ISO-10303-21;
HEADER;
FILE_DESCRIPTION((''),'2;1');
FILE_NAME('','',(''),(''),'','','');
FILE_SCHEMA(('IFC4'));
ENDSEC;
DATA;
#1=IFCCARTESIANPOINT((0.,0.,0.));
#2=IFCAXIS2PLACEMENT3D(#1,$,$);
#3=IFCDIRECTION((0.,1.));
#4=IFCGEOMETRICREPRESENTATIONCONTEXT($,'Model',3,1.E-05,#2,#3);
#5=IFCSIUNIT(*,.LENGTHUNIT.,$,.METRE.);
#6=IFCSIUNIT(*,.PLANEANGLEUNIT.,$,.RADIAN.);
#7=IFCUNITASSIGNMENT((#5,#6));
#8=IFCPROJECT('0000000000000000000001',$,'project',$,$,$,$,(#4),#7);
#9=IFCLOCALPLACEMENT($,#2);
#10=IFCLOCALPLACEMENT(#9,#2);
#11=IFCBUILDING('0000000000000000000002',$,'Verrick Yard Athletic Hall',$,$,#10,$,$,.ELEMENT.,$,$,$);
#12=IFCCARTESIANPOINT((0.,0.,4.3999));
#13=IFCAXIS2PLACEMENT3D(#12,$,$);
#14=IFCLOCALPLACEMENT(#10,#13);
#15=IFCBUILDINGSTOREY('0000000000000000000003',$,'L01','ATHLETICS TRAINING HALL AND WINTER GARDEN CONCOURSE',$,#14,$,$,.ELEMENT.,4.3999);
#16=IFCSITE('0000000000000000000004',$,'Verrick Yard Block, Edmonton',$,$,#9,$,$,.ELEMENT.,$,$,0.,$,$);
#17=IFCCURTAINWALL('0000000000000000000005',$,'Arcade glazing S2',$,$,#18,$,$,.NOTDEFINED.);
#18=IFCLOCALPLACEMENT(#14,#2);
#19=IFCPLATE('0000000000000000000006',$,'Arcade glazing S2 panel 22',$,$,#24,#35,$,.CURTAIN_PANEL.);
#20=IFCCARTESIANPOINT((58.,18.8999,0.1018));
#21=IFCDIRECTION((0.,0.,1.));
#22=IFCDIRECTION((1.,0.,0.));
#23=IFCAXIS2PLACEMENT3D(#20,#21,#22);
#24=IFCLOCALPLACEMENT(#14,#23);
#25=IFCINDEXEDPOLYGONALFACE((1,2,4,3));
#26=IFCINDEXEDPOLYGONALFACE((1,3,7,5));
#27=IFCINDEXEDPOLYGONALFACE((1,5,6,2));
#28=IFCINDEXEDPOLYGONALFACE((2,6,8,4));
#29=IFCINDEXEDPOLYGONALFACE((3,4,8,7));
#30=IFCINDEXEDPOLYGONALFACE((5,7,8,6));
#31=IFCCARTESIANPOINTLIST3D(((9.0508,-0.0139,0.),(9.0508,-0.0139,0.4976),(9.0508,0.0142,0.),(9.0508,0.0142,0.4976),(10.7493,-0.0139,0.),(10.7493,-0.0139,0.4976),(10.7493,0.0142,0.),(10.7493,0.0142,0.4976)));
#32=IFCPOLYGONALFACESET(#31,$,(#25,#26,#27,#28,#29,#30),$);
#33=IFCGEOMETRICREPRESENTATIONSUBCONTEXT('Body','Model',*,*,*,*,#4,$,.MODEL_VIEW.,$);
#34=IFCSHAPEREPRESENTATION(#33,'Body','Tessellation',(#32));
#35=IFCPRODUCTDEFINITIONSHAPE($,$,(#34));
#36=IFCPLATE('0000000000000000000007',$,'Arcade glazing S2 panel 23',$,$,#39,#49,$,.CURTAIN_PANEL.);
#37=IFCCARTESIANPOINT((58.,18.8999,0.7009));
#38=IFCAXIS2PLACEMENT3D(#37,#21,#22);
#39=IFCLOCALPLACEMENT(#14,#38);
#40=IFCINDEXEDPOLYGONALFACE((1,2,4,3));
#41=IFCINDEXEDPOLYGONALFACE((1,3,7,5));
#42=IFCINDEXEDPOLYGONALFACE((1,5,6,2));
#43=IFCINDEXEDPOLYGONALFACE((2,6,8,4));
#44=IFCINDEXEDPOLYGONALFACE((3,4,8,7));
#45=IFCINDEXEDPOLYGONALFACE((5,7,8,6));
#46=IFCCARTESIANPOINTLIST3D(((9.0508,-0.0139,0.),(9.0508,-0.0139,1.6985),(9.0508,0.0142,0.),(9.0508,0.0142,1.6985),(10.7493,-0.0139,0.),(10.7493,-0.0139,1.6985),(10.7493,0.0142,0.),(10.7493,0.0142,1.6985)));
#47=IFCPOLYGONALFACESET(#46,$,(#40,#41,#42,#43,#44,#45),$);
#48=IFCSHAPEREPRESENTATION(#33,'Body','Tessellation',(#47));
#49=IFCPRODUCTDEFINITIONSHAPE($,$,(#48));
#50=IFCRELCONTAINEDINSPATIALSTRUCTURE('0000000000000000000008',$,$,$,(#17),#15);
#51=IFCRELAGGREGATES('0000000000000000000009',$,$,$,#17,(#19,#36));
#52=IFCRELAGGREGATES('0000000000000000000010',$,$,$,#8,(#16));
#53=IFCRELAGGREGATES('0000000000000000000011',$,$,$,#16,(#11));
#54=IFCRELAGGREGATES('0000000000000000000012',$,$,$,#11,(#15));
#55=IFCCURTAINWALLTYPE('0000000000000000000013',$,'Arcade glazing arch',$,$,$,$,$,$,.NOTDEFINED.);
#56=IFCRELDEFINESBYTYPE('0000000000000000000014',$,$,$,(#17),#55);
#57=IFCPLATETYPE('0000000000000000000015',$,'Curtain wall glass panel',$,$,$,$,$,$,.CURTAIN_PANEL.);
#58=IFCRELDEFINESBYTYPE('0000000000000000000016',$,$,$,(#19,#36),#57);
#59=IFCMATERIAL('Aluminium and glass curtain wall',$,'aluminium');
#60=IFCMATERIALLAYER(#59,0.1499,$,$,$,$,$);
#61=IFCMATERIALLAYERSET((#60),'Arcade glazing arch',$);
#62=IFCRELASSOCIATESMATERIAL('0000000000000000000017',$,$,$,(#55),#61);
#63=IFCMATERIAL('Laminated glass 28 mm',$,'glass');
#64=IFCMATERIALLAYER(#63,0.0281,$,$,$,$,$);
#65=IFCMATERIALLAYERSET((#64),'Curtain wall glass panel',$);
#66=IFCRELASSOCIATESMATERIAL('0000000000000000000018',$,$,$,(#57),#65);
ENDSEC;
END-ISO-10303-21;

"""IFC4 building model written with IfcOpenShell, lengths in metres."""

from ifc_helpers import new_model, si_unit, direction, frame, origin, place, context, subcontext, project, spatial, polyline, outline, extrude, material, layer, layer_set, type_object, element, aggregate, save


model = new_model("IFC4")

# Units and contexts
model_context = context("Model", 3, precision=1e-05, world=origin(), true_north=direction((0.0, 1.0)))
body_context = subcontext(model_context, "Body", "Model", "MODEL_VIEW")
ifc_project = project(units=[si_unit("LENGTHUNIT", "METRE"), si_unit("PLANEANGLEUNIT", "RADIAN")], contexts=[model_context])

# Site, building, storey
site_placement = place(None, origin())
site = spatial("IfcSite", under=ifc_project, at=site_placement, Name="Verrick Yard Block, Edmonton", CompositionType="ELEMENT", RefElevation=0.0)
building_placement = place(site_placement, origin())
building = spatial("IfcBuilding", under=site, at=building_placement, Name="Verrick Yard Athletic Hall", CompositionType="ELEMENT")
storey_placement = place(building_placement, frame((0.0, 0.0, 4.3999)))
storey = spatial("IfcBuildingStorey", under=building, at=storey_placement, Name="L01", Description="ATHLETICS TRAINING HALL AND WINTER GARDEN CONCOURSE", CompositionType="ELEMENT", Elevation=4.3999)

# Shared definitions
ifc_material_1 = material(Name="Aluminium and glass curtain wall", Category="aluminium")
ifc_layer_1 = layer(ifc_material_1, 0.1499)
ifc_layer_set_1 = layer_set([ifc_layer_1], Name="Arcade glazing arch")
curtain_wall_type = type_object("IfcCurtainWallType", Name="Arcade glazing arch", PredefinedType="NOTDEFINED", material=ifc_layer_set_1)

# Curtain wall, plates
curtain_wall_1_placement = place(storey_placement, origin())
curtain_wall_1 = element("IfcCurtainWall", 1, at=curtain_wall_1_placement, inside=storey, type_object=curtain_wall_type, Name="Arcade glazing S2", PredefinedType="NOTDEFINED")
ifc_material_2 = material(Name="Laminated glass 28 mm", Category="glass")
ifc_layer_2 = layer(ifc_material_2, 0.0281)
ifc_layer_set_2 = layer_set([ifc_layer_2], Name="Curtain wall glass panel")
plate_type = type_object("IfcPlateType", Name="Curtain wall glass panel", PredefinedType="CURTAIN_PANEL", material=ifc_layer_set_2)
plate_1_placement = place(storey_placement, frame((58.0, 18.8999, 0.1018), z_axis=(0.0, 0.0, 1.0), x_axis=(1.0, 0.0, 0.0)))
plate_1 = element("IfcPlate", 2, at=plate_1_placement, type_object=plate_type, Name="Arcade glazing S2 panel 22", PredefinedType="CURTAIN_PANEL", context=body_context, shape_type="SweptSolid", body=[
    extrude(outline(polyline([(10.7493, 0.0), (10.7493, 0.4976), (9.0508, 0.4976), (9.0508, 0.0), (10.7493, 0.0)])), frame((0.0, 0.0142, 0.0), z_axis=(0.0, -1.0, 0.0), x_axis=(1.0, 0.0, 0.0)), (0.0, 0.0, 1.0), 0.0281),
])
plate_2_placement = place(storey_placement, frame((58.0, 18.8999, 0.7009), z_axis=(0.0, 0.0, 1.0), x_axis=(1.0, 0.0, 0.0)))
plate_2 = element("IfcPlate", 3, at=plate_2_placement, type_object=plate_type, Name="Arcade glazing S2 panel 23", PredefinedType="CURTAIN_PANEL", context=body_context, shape_type="SweptSolid", body=[
    extrude(outline(polyline([(10.7493, 0.0), (10.7493, 1.6985), (9.0508, 1.6985), (9.0508, 0.0), (10.7493, 0.0)])), frame((0.0, 0.0142, 0.0), z_axis=(0.0, -1.0, 0.0), x_axis=(1.0, 0.0, 0.0)), (0.0, 0.0, 1.0), 0.0281),
])
aggregate(curtain_wall_1, [plate_1, plate_2])

save(model, "model.ifc")
